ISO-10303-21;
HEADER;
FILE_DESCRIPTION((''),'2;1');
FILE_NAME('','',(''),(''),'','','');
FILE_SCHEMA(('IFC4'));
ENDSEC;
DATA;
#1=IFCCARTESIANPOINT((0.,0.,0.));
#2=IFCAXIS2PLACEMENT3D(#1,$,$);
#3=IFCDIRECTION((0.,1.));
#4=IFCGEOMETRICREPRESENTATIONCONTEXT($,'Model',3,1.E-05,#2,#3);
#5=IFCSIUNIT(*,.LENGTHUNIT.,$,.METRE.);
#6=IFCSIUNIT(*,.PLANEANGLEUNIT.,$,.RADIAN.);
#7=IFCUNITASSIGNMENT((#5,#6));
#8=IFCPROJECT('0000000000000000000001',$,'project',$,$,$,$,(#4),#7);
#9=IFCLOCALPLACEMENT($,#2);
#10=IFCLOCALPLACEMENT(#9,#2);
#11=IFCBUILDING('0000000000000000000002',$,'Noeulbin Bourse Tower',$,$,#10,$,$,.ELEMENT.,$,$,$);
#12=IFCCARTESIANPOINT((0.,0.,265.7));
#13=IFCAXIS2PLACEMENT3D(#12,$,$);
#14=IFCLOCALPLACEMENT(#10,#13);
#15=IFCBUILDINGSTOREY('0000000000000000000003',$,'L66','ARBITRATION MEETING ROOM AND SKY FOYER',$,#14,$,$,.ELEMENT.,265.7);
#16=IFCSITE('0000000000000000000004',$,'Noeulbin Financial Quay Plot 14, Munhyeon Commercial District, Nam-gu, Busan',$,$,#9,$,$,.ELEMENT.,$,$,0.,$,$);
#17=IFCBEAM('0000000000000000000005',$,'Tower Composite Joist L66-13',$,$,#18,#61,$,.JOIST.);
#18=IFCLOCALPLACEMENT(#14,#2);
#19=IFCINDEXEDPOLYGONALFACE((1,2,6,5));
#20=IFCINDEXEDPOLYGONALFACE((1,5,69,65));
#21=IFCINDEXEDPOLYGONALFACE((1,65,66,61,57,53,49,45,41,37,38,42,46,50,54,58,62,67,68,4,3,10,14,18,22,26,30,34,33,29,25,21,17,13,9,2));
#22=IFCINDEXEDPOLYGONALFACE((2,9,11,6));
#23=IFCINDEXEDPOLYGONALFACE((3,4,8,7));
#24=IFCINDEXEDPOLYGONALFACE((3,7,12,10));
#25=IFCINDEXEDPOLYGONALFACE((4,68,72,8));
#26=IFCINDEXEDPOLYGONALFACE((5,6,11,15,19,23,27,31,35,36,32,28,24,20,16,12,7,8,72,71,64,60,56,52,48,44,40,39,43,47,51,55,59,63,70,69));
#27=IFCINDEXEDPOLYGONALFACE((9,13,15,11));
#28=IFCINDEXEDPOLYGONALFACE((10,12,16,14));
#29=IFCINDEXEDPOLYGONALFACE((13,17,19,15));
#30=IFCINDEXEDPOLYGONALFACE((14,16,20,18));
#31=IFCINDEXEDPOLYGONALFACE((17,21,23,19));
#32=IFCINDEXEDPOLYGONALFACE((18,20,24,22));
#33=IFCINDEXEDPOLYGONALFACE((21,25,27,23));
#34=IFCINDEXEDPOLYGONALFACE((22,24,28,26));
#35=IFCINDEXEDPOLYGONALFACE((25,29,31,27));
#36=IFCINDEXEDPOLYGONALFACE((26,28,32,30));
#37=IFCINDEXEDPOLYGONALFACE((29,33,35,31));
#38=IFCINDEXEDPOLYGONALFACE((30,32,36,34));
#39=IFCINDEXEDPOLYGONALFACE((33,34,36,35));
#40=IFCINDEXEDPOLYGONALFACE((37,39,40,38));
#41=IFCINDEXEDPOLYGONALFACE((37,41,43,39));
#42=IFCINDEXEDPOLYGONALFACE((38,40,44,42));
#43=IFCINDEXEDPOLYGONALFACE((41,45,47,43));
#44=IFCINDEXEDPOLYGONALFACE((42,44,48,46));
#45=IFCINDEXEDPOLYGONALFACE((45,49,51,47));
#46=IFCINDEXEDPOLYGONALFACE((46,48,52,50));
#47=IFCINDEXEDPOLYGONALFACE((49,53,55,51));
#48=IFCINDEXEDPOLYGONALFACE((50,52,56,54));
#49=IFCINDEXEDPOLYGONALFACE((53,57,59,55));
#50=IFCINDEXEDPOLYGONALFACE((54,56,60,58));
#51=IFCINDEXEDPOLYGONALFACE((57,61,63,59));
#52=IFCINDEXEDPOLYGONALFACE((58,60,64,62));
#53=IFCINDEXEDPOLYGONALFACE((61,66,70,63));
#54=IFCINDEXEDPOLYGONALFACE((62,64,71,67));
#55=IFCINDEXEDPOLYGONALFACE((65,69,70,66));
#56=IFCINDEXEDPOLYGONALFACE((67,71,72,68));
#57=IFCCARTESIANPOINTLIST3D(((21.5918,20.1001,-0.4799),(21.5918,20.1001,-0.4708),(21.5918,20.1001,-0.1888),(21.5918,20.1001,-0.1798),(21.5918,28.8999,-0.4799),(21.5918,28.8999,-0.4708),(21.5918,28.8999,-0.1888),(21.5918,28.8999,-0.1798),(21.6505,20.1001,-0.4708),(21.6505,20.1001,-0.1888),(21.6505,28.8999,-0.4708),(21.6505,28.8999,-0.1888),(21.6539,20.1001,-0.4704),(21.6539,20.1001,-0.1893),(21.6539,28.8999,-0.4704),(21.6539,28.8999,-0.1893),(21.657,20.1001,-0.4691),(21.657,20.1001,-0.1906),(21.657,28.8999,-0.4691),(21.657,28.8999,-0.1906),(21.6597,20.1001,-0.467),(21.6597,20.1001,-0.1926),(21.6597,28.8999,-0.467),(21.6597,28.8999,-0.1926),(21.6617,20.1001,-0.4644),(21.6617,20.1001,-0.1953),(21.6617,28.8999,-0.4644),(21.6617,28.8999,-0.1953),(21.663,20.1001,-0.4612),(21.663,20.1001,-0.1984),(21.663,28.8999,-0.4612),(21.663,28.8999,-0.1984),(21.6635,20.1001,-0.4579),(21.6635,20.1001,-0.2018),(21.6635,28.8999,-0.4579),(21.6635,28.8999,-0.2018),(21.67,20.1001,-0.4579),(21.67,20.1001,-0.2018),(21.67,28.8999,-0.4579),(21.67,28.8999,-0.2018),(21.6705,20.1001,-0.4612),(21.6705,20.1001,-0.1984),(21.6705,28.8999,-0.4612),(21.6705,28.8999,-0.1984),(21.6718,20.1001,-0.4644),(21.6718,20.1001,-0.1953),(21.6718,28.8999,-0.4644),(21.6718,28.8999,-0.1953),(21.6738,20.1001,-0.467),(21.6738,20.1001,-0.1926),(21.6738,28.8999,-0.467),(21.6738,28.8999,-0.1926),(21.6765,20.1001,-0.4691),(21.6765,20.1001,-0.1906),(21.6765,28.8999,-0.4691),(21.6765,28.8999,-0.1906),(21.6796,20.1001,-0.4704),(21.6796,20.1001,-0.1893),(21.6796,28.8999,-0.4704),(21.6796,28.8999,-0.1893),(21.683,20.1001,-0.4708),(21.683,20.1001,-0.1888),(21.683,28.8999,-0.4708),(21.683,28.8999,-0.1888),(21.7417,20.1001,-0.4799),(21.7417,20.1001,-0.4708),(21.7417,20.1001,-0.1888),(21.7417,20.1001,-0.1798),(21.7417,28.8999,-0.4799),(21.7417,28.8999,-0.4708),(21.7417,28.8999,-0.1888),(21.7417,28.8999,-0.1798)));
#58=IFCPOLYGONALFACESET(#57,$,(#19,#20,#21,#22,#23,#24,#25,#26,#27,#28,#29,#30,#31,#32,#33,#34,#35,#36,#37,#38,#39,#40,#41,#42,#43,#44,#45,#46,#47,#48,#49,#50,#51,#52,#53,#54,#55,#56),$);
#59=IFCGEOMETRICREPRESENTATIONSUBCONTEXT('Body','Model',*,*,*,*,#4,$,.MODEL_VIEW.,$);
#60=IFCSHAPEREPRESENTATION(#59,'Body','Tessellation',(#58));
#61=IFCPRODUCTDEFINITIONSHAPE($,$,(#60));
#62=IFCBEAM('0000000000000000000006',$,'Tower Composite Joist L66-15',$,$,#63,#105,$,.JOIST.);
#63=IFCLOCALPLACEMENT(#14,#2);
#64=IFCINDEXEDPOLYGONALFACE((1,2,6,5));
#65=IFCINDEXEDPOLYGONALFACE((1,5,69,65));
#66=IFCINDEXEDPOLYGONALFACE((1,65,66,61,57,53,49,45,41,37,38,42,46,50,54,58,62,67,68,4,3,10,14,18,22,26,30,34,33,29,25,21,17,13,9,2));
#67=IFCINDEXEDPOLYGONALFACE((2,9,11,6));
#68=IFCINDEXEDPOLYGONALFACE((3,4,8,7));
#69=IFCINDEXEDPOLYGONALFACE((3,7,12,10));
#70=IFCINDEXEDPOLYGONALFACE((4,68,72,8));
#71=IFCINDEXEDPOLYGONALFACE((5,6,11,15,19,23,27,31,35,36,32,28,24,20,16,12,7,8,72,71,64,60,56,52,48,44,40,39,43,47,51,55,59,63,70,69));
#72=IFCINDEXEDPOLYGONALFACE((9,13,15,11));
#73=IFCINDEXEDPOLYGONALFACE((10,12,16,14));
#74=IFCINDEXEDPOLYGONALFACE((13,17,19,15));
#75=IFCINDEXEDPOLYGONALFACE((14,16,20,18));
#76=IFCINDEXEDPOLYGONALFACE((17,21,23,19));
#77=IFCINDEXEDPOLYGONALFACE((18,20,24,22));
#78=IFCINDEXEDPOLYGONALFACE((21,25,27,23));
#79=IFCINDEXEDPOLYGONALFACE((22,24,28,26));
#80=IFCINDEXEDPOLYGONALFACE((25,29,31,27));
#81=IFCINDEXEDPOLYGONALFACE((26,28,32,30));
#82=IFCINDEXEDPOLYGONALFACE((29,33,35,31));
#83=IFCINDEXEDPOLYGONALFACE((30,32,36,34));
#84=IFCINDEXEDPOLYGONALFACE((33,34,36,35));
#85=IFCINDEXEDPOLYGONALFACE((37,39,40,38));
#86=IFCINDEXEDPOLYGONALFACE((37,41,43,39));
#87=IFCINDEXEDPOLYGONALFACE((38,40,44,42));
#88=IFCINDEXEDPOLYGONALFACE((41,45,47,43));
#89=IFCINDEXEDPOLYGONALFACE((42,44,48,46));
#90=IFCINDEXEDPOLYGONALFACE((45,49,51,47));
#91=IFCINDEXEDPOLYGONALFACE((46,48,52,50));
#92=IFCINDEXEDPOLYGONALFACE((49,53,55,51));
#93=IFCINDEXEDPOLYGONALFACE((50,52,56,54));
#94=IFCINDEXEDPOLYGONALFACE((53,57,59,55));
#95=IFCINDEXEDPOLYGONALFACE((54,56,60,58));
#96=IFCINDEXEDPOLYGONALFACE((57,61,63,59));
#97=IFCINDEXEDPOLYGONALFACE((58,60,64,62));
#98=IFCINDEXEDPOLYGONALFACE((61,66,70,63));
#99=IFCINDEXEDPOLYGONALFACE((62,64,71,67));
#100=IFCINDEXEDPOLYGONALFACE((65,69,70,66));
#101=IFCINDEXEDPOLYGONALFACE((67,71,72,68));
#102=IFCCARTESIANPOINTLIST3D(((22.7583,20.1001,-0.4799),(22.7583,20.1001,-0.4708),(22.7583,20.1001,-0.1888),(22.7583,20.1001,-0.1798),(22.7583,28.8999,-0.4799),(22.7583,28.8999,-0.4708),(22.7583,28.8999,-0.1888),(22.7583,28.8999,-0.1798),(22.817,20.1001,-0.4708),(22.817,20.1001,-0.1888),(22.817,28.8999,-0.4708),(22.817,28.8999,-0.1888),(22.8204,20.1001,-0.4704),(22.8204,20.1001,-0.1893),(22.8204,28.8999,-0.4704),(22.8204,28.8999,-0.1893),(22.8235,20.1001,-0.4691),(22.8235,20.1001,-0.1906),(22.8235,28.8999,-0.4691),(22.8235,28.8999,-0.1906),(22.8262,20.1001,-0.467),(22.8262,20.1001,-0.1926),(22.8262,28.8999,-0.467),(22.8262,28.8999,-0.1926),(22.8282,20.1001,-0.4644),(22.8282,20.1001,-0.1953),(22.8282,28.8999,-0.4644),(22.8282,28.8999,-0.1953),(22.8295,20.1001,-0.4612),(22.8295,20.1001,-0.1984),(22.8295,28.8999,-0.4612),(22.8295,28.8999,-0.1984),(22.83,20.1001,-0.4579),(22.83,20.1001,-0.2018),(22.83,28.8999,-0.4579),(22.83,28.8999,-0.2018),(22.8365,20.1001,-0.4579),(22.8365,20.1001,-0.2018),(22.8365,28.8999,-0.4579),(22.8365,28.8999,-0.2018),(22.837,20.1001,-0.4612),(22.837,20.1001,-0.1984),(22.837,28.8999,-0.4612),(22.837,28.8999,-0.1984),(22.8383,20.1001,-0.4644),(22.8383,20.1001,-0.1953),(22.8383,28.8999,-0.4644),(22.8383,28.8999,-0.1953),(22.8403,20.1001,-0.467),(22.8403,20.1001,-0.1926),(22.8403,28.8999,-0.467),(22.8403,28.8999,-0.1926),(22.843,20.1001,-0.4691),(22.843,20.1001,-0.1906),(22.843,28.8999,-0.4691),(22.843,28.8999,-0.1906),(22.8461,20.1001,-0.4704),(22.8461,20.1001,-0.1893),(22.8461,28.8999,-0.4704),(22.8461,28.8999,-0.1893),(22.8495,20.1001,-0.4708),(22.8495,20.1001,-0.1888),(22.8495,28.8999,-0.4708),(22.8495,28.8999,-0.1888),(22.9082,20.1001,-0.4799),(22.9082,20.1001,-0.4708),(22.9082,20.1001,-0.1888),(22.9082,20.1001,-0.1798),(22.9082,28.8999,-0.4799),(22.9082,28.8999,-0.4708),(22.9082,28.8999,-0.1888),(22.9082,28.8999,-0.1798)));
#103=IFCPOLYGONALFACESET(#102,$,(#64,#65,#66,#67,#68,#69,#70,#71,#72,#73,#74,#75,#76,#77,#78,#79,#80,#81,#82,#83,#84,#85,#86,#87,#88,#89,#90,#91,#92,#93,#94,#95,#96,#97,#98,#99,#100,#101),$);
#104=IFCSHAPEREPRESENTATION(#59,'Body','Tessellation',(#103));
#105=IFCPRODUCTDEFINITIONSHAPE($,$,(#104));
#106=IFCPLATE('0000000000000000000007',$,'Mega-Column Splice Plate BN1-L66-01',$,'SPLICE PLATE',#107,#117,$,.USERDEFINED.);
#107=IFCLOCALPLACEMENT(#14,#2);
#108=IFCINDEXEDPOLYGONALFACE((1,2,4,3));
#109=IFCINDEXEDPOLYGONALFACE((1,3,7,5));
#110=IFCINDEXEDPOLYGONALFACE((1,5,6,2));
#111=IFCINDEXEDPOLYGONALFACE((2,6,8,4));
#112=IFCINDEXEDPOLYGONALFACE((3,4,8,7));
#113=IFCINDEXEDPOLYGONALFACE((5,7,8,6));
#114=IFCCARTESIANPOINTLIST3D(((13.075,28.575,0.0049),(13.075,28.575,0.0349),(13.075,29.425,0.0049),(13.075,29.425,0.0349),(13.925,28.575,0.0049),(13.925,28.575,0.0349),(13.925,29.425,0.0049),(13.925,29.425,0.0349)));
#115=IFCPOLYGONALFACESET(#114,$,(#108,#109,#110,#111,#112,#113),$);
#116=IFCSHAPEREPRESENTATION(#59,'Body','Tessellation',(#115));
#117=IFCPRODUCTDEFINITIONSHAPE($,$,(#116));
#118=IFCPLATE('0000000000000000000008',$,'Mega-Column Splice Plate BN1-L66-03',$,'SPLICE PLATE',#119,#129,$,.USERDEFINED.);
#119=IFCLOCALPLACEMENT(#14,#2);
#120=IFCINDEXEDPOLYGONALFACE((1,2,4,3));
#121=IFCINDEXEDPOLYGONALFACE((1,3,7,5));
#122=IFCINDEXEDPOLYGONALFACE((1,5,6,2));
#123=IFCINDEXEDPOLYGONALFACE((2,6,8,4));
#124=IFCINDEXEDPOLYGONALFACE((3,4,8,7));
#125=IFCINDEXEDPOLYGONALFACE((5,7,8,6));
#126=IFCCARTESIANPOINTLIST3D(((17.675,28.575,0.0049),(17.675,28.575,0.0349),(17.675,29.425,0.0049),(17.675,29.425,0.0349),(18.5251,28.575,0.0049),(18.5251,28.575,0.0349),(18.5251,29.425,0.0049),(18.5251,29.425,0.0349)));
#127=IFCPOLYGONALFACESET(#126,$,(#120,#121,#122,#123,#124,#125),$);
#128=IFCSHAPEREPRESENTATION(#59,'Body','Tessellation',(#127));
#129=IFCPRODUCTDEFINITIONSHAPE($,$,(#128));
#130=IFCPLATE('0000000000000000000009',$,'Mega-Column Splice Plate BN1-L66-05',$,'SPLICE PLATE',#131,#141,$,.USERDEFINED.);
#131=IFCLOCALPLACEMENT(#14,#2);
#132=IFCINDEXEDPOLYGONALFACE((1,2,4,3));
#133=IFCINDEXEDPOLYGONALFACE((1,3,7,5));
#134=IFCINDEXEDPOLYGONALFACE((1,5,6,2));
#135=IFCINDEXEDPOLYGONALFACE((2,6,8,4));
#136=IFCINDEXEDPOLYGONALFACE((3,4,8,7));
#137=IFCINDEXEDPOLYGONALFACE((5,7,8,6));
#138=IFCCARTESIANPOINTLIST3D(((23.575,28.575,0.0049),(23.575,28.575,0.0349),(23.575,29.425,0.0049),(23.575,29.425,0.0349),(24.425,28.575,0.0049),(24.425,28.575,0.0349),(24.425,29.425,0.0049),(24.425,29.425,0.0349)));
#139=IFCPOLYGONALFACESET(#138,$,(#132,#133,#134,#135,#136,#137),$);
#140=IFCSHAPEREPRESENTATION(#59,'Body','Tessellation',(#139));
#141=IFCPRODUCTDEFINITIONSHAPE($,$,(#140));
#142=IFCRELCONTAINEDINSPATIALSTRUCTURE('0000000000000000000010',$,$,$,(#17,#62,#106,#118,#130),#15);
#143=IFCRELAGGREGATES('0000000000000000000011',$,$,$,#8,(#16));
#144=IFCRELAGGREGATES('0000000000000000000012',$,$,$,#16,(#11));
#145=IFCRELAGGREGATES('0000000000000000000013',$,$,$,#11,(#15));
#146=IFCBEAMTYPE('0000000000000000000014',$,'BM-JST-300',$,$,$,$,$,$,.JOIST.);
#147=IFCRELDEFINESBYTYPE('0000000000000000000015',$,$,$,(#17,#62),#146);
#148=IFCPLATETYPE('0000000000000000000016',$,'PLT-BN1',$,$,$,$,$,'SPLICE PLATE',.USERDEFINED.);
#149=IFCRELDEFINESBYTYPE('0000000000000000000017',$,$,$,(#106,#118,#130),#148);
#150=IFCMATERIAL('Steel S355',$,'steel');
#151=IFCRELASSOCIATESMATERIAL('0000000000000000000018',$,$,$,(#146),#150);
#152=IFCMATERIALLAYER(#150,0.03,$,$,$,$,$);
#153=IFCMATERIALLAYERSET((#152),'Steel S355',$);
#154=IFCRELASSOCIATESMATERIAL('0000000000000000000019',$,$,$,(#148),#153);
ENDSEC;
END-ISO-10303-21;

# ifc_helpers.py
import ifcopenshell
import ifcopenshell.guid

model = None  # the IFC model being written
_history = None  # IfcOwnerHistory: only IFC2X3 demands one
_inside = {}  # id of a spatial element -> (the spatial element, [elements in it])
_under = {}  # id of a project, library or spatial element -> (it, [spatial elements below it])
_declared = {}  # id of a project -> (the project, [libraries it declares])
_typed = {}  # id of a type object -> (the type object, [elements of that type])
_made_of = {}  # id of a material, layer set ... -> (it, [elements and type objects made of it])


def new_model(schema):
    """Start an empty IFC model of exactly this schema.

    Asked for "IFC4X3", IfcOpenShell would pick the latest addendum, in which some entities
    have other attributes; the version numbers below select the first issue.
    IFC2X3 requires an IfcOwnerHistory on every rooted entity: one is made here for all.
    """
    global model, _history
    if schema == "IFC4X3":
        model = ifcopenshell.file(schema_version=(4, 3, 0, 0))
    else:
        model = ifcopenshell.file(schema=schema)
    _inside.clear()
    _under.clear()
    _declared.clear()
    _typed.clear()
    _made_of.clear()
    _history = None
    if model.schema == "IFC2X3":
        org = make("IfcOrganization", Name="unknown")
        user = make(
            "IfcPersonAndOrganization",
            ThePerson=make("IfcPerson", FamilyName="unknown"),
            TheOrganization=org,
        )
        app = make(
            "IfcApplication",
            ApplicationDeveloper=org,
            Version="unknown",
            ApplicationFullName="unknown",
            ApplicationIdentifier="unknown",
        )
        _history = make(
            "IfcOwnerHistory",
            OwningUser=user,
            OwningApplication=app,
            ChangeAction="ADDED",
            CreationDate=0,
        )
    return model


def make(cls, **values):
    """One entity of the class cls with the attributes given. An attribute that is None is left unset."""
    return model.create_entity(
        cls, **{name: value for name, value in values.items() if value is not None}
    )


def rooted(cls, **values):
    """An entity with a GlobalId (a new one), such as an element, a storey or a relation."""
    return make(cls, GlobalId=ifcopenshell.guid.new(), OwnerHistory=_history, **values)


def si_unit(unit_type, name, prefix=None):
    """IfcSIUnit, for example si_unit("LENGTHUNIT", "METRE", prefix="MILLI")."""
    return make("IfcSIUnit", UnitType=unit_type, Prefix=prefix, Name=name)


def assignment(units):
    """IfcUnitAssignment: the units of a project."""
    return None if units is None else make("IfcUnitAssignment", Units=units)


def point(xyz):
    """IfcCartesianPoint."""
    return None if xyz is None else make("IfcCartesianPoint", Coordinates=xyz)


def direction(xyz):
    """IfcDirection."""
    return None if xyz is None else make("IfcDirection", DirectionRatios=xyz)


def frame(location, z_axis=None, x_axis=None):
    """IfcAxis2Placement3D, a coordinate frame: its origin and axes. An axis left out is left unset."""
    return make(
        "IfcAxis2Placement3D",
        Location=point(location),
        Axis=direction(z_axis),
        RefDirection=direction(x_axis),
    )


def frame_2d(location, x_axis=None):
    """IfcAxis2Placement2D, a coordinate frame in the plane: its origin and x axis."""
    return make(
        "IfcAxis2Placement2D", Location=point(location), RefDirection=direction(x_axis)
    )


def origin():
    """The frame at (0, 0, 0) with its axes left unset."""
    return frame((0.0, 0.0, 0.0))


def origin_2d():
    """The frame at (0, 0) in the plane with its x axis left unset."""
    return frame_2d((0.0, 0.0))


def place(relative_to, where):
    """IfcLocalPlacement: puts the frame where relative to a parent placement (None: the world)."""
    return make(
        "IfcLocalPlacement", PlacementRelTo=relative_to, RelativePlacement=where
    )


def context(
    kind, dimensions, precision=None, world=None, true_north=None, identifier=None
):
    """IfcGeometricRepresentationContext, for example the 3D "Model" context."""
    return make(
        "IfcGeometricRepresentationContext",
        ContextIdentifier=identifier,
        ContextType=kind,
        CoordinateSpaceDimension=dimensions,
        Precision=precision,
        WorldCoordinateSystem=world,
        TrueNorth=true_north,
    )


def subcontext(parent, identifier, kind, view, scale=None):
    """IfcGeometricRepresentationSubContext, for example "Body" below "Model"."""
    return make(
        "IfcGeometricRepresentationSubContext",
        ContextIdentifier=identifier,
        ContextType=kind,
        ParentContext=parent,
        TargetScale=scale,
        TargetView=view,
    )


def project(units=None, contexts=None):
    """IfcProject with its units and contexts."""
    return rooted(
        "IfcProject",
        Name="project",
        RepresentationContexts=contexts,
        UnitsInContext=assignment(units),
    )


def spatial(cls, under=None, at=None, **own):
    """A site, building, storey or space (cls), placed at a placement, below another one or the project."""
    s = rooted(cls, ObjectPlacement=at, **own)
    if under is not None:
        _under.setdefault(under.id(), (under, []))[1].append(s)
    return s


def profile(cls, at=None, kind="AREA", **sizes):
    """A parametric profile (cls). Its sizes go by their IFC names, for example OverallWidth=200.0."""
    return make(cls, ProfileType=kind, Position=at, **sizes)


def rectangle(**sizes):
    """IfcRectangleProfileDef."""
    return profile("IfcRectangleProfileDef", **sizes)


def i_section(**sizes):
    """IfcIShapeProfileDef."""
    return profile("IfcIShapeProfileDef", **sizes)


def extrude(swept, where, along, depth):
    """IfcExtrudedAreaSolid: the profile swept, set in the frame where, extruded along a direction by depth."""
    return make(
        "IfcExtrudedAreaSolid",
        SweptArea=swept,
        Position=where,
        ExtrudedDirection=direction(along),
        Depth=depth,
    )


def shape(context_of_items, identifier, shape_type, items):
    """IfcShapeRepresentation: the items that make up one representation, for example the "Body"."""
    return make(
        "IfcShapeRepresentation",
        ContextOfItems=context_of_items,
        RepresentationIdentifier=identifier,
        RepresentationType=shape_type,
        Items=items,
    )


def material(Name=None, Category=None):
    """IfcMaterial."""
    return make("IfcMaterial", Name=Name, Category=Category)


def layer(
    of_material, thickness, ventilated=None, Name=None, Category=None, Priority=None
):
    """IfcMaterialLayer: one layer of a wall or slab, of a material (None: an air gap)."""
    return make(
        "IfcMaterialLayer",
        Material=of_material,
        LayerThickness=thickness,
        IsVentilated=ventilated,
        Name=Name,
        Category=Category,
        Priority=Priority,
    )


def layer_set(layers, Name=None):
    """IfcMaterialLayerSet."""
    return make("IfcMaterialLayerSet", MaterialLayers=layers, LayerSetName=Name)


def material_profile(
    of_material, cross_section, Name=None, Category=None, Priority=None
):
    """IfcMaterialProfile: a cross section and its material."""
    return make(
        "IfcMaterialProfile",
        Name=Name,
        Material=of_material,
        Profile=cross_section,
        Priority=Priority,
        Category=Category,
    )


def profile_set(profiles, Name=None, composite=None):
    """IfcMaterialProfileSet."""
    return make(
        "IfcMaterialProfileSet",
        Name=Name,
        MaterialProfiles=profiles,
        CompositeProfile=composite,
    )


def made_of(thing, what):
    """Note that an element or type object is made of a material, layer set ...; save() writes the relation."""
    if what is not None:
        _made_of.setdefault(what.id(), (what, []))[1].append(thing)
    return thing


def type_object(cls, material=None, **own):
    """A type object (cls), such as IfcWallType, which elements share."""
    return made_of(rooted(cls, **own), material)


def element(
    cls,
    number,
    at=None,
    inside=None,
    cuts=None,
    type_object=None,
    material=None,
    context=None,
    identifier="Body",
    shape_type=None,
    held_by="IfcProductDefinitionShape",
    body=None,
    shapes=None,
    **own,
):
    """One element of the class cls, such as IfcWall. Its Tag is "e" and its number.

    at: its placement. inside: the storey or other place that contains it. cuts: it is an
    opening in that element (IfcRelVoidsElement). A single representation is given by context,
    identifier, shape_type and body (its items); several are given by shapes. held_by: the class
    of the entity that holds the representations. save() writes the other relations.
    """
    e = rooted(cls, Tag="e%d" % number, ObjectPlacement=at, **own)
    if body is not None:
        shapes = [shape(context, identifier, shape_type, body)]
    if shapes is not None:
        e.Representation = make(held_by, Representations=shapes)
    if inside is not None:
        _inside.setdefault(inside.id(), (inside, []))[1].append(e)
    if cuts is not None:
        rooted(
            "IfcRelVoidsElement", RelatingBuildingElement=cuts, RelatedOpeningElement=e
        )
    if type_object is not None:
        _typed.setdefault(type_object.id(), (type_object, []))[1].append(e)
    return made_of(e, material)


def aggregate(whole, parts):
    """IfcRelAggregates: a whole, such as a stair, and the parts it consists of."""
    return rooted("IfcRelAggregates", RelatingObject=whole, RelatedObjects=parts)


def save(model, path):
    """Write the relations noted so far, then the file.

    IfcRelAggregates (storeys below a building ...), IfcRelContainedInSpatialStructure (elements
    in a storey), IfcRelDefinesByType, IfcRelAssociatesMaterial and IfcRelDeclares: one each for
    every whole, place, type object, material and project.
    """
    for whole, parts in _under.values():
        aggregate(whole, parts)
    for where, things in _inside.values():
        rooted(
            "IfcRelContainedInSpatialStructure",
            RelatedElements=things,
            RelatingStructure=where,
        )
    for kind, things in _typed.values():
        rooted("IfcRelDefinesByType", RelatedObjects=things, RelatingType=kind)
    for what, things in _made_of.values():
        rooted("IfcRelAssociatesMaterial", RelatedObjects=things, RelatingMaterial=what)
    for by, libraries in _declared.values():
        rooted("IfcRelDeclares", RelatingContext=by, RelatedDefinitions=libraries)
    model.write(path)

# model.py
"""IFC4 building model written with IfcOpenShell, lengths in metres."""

from ifc_helpers import new_model, si_unit, direction, frame, origin, origin_2d, place, context, subcontext, project, spatial, rectangle, i_section, extrude, material, layer, layer_set, material_profile, profile_set, type_object, element, save


model = new_model("IFC4")

# Units and contexts
model_context = context("Model", 3, precision=1e-05, world=origin(), true_north=direction((0.0, 1.0)))
body_context = subcontext(model_context, "Body", "Model", "MODEL_VIEW")
ifc_project = project(units=[si_unit("LENGTHUNIT", "METRE"), si_unit("PLANEANGLEUNIT", "RADIAN")], contexts=[model_context])

# Site, building, storey
site_placement = place(None, origin())
site = spatial("IfcSite", under=ifc_project, at=site_placement, Name="Noeulbin Financial Quay Plot 14, Munhyeon Commercial District, Nam-gu, Busan", CompositionType="ELEMENT", RefElevation=0.0)
building_placement = place(site_placement, origin())
building = spatial("IfcBuilding", under=site, at=building_placement, Name="Noeulbin Bourse Tower", CompositionType="ELEMENT")
storey_placement = place(building_placement, frame((0.0, 0.0, 265.7)))
storey = spatial("IfcBuildingStorey", under=building, at=storey_placement, Name="L66", Description="ARBITRATION MEETING ROOM AND SKY FOYER", CompositionType="ELEMENT", Elevation=265.7)

# Shared definitions
ifc_material_1 = material(Name="Steel S355", Category="steel")

# Beams
ifc_material_profile_1 = material_profile(ifc_material_1, i_section(OverallWidth=0.1499, OverallDepth=0.3, WebThickness=0.0066, FlangeThickness=0.009, FilletRadius=0.0129, at=origin_2d()), Name="H-300x150x6.5x9", Category="LoadBearing")
ifc_profile_set_1 = profile_set([ifc_material_profile_1], Name="Steel S355")
beam_type_1 = type_object("IfcBeamType", Name="BM-JST-300", PredefinedType="JOIST", material=ifc_profile_set_1)
for number, where, z_axis, x_axis, name in (
    (1, (21.6667, 20.1001, -0.3298), (0.0, 1.0, 0.0), (-1.0, 0.0, 0.0), "Tower Composite Joist L66-13"),
    (2, (22.8333, 20.1001, -0.3298), (0.0, 1.0, 0.0), (-1.0, 0.0, 0.0), "Tower Composite Joist L66-15"),
):
    element("IfcBeam", number, at=place(storey_placement, frame(where, z_axis=z_axis, x_axis=x_axis)), inside=storey, type_object=beam_type_1, Name=name, PredefinedType="JOIST", context=body_context, shape_type="SweptSolid", body=[
        extrude(i_section(OverallWidth=0.1499, OverallDepth=0.3, WebThickness=0.0066, FlangeThickness=0.009, FilletRadius=0.0129, at=origin_2d()), origin(), (0.0, 0.0, 1.0), 8.7998),
    ])

# Plates
ifc_layer_1 = layer(ifc_material_1, 0.03)
ifc_layer_set_1 = layer_set([ifc_layer_1], Name="Steel S355")
plate_type = type_object("IfcPlateType", Name="PLT-BN1", ElementType="SPLICE PLATE", PredefinedType="USERDEFINED", material=ifc_layer_set_1)
for number, where, z_axis, x_axis, name in (
    (3, (13.5, 29.0, 0.0049), (0.0, 0.0, 1.0), (1.0, 0.0, 0.0), "Mega-Column Splice Plate BN1-L66-01"),
    (4, (18.1001, 29.0, 0.0049), (0.0, 0.0, 1.0), (1.0, 0.0, 0.0), "Mega-Column Splice Plate BN1-L66-03"),
    (5, (24.0, 29.0, 0.0049), (0.0, 0.0, 1.0), (1.0, 0.0, 0.0), "Mega-Column Splice Plate BN1-L66-05"),
):
    element("IfcPlate", number, at=place(storey_placement, frame(where, z_axis=z_axis, x_axis=x_axis)), inside=storey, type_object=plate_type, Name=name, ObjectType="SPLICE PLATE", PredefinedType="USERDEFINED", context=body_context, shape_type="SweptSolid", body=[
        extrude(rectangle(XDim=0.8501, YDim=0.8501, at=origin_2d()), origin(), (0.0, 0.0, 1.0), 0.03),
    ])

save(model, "model.ifc")
